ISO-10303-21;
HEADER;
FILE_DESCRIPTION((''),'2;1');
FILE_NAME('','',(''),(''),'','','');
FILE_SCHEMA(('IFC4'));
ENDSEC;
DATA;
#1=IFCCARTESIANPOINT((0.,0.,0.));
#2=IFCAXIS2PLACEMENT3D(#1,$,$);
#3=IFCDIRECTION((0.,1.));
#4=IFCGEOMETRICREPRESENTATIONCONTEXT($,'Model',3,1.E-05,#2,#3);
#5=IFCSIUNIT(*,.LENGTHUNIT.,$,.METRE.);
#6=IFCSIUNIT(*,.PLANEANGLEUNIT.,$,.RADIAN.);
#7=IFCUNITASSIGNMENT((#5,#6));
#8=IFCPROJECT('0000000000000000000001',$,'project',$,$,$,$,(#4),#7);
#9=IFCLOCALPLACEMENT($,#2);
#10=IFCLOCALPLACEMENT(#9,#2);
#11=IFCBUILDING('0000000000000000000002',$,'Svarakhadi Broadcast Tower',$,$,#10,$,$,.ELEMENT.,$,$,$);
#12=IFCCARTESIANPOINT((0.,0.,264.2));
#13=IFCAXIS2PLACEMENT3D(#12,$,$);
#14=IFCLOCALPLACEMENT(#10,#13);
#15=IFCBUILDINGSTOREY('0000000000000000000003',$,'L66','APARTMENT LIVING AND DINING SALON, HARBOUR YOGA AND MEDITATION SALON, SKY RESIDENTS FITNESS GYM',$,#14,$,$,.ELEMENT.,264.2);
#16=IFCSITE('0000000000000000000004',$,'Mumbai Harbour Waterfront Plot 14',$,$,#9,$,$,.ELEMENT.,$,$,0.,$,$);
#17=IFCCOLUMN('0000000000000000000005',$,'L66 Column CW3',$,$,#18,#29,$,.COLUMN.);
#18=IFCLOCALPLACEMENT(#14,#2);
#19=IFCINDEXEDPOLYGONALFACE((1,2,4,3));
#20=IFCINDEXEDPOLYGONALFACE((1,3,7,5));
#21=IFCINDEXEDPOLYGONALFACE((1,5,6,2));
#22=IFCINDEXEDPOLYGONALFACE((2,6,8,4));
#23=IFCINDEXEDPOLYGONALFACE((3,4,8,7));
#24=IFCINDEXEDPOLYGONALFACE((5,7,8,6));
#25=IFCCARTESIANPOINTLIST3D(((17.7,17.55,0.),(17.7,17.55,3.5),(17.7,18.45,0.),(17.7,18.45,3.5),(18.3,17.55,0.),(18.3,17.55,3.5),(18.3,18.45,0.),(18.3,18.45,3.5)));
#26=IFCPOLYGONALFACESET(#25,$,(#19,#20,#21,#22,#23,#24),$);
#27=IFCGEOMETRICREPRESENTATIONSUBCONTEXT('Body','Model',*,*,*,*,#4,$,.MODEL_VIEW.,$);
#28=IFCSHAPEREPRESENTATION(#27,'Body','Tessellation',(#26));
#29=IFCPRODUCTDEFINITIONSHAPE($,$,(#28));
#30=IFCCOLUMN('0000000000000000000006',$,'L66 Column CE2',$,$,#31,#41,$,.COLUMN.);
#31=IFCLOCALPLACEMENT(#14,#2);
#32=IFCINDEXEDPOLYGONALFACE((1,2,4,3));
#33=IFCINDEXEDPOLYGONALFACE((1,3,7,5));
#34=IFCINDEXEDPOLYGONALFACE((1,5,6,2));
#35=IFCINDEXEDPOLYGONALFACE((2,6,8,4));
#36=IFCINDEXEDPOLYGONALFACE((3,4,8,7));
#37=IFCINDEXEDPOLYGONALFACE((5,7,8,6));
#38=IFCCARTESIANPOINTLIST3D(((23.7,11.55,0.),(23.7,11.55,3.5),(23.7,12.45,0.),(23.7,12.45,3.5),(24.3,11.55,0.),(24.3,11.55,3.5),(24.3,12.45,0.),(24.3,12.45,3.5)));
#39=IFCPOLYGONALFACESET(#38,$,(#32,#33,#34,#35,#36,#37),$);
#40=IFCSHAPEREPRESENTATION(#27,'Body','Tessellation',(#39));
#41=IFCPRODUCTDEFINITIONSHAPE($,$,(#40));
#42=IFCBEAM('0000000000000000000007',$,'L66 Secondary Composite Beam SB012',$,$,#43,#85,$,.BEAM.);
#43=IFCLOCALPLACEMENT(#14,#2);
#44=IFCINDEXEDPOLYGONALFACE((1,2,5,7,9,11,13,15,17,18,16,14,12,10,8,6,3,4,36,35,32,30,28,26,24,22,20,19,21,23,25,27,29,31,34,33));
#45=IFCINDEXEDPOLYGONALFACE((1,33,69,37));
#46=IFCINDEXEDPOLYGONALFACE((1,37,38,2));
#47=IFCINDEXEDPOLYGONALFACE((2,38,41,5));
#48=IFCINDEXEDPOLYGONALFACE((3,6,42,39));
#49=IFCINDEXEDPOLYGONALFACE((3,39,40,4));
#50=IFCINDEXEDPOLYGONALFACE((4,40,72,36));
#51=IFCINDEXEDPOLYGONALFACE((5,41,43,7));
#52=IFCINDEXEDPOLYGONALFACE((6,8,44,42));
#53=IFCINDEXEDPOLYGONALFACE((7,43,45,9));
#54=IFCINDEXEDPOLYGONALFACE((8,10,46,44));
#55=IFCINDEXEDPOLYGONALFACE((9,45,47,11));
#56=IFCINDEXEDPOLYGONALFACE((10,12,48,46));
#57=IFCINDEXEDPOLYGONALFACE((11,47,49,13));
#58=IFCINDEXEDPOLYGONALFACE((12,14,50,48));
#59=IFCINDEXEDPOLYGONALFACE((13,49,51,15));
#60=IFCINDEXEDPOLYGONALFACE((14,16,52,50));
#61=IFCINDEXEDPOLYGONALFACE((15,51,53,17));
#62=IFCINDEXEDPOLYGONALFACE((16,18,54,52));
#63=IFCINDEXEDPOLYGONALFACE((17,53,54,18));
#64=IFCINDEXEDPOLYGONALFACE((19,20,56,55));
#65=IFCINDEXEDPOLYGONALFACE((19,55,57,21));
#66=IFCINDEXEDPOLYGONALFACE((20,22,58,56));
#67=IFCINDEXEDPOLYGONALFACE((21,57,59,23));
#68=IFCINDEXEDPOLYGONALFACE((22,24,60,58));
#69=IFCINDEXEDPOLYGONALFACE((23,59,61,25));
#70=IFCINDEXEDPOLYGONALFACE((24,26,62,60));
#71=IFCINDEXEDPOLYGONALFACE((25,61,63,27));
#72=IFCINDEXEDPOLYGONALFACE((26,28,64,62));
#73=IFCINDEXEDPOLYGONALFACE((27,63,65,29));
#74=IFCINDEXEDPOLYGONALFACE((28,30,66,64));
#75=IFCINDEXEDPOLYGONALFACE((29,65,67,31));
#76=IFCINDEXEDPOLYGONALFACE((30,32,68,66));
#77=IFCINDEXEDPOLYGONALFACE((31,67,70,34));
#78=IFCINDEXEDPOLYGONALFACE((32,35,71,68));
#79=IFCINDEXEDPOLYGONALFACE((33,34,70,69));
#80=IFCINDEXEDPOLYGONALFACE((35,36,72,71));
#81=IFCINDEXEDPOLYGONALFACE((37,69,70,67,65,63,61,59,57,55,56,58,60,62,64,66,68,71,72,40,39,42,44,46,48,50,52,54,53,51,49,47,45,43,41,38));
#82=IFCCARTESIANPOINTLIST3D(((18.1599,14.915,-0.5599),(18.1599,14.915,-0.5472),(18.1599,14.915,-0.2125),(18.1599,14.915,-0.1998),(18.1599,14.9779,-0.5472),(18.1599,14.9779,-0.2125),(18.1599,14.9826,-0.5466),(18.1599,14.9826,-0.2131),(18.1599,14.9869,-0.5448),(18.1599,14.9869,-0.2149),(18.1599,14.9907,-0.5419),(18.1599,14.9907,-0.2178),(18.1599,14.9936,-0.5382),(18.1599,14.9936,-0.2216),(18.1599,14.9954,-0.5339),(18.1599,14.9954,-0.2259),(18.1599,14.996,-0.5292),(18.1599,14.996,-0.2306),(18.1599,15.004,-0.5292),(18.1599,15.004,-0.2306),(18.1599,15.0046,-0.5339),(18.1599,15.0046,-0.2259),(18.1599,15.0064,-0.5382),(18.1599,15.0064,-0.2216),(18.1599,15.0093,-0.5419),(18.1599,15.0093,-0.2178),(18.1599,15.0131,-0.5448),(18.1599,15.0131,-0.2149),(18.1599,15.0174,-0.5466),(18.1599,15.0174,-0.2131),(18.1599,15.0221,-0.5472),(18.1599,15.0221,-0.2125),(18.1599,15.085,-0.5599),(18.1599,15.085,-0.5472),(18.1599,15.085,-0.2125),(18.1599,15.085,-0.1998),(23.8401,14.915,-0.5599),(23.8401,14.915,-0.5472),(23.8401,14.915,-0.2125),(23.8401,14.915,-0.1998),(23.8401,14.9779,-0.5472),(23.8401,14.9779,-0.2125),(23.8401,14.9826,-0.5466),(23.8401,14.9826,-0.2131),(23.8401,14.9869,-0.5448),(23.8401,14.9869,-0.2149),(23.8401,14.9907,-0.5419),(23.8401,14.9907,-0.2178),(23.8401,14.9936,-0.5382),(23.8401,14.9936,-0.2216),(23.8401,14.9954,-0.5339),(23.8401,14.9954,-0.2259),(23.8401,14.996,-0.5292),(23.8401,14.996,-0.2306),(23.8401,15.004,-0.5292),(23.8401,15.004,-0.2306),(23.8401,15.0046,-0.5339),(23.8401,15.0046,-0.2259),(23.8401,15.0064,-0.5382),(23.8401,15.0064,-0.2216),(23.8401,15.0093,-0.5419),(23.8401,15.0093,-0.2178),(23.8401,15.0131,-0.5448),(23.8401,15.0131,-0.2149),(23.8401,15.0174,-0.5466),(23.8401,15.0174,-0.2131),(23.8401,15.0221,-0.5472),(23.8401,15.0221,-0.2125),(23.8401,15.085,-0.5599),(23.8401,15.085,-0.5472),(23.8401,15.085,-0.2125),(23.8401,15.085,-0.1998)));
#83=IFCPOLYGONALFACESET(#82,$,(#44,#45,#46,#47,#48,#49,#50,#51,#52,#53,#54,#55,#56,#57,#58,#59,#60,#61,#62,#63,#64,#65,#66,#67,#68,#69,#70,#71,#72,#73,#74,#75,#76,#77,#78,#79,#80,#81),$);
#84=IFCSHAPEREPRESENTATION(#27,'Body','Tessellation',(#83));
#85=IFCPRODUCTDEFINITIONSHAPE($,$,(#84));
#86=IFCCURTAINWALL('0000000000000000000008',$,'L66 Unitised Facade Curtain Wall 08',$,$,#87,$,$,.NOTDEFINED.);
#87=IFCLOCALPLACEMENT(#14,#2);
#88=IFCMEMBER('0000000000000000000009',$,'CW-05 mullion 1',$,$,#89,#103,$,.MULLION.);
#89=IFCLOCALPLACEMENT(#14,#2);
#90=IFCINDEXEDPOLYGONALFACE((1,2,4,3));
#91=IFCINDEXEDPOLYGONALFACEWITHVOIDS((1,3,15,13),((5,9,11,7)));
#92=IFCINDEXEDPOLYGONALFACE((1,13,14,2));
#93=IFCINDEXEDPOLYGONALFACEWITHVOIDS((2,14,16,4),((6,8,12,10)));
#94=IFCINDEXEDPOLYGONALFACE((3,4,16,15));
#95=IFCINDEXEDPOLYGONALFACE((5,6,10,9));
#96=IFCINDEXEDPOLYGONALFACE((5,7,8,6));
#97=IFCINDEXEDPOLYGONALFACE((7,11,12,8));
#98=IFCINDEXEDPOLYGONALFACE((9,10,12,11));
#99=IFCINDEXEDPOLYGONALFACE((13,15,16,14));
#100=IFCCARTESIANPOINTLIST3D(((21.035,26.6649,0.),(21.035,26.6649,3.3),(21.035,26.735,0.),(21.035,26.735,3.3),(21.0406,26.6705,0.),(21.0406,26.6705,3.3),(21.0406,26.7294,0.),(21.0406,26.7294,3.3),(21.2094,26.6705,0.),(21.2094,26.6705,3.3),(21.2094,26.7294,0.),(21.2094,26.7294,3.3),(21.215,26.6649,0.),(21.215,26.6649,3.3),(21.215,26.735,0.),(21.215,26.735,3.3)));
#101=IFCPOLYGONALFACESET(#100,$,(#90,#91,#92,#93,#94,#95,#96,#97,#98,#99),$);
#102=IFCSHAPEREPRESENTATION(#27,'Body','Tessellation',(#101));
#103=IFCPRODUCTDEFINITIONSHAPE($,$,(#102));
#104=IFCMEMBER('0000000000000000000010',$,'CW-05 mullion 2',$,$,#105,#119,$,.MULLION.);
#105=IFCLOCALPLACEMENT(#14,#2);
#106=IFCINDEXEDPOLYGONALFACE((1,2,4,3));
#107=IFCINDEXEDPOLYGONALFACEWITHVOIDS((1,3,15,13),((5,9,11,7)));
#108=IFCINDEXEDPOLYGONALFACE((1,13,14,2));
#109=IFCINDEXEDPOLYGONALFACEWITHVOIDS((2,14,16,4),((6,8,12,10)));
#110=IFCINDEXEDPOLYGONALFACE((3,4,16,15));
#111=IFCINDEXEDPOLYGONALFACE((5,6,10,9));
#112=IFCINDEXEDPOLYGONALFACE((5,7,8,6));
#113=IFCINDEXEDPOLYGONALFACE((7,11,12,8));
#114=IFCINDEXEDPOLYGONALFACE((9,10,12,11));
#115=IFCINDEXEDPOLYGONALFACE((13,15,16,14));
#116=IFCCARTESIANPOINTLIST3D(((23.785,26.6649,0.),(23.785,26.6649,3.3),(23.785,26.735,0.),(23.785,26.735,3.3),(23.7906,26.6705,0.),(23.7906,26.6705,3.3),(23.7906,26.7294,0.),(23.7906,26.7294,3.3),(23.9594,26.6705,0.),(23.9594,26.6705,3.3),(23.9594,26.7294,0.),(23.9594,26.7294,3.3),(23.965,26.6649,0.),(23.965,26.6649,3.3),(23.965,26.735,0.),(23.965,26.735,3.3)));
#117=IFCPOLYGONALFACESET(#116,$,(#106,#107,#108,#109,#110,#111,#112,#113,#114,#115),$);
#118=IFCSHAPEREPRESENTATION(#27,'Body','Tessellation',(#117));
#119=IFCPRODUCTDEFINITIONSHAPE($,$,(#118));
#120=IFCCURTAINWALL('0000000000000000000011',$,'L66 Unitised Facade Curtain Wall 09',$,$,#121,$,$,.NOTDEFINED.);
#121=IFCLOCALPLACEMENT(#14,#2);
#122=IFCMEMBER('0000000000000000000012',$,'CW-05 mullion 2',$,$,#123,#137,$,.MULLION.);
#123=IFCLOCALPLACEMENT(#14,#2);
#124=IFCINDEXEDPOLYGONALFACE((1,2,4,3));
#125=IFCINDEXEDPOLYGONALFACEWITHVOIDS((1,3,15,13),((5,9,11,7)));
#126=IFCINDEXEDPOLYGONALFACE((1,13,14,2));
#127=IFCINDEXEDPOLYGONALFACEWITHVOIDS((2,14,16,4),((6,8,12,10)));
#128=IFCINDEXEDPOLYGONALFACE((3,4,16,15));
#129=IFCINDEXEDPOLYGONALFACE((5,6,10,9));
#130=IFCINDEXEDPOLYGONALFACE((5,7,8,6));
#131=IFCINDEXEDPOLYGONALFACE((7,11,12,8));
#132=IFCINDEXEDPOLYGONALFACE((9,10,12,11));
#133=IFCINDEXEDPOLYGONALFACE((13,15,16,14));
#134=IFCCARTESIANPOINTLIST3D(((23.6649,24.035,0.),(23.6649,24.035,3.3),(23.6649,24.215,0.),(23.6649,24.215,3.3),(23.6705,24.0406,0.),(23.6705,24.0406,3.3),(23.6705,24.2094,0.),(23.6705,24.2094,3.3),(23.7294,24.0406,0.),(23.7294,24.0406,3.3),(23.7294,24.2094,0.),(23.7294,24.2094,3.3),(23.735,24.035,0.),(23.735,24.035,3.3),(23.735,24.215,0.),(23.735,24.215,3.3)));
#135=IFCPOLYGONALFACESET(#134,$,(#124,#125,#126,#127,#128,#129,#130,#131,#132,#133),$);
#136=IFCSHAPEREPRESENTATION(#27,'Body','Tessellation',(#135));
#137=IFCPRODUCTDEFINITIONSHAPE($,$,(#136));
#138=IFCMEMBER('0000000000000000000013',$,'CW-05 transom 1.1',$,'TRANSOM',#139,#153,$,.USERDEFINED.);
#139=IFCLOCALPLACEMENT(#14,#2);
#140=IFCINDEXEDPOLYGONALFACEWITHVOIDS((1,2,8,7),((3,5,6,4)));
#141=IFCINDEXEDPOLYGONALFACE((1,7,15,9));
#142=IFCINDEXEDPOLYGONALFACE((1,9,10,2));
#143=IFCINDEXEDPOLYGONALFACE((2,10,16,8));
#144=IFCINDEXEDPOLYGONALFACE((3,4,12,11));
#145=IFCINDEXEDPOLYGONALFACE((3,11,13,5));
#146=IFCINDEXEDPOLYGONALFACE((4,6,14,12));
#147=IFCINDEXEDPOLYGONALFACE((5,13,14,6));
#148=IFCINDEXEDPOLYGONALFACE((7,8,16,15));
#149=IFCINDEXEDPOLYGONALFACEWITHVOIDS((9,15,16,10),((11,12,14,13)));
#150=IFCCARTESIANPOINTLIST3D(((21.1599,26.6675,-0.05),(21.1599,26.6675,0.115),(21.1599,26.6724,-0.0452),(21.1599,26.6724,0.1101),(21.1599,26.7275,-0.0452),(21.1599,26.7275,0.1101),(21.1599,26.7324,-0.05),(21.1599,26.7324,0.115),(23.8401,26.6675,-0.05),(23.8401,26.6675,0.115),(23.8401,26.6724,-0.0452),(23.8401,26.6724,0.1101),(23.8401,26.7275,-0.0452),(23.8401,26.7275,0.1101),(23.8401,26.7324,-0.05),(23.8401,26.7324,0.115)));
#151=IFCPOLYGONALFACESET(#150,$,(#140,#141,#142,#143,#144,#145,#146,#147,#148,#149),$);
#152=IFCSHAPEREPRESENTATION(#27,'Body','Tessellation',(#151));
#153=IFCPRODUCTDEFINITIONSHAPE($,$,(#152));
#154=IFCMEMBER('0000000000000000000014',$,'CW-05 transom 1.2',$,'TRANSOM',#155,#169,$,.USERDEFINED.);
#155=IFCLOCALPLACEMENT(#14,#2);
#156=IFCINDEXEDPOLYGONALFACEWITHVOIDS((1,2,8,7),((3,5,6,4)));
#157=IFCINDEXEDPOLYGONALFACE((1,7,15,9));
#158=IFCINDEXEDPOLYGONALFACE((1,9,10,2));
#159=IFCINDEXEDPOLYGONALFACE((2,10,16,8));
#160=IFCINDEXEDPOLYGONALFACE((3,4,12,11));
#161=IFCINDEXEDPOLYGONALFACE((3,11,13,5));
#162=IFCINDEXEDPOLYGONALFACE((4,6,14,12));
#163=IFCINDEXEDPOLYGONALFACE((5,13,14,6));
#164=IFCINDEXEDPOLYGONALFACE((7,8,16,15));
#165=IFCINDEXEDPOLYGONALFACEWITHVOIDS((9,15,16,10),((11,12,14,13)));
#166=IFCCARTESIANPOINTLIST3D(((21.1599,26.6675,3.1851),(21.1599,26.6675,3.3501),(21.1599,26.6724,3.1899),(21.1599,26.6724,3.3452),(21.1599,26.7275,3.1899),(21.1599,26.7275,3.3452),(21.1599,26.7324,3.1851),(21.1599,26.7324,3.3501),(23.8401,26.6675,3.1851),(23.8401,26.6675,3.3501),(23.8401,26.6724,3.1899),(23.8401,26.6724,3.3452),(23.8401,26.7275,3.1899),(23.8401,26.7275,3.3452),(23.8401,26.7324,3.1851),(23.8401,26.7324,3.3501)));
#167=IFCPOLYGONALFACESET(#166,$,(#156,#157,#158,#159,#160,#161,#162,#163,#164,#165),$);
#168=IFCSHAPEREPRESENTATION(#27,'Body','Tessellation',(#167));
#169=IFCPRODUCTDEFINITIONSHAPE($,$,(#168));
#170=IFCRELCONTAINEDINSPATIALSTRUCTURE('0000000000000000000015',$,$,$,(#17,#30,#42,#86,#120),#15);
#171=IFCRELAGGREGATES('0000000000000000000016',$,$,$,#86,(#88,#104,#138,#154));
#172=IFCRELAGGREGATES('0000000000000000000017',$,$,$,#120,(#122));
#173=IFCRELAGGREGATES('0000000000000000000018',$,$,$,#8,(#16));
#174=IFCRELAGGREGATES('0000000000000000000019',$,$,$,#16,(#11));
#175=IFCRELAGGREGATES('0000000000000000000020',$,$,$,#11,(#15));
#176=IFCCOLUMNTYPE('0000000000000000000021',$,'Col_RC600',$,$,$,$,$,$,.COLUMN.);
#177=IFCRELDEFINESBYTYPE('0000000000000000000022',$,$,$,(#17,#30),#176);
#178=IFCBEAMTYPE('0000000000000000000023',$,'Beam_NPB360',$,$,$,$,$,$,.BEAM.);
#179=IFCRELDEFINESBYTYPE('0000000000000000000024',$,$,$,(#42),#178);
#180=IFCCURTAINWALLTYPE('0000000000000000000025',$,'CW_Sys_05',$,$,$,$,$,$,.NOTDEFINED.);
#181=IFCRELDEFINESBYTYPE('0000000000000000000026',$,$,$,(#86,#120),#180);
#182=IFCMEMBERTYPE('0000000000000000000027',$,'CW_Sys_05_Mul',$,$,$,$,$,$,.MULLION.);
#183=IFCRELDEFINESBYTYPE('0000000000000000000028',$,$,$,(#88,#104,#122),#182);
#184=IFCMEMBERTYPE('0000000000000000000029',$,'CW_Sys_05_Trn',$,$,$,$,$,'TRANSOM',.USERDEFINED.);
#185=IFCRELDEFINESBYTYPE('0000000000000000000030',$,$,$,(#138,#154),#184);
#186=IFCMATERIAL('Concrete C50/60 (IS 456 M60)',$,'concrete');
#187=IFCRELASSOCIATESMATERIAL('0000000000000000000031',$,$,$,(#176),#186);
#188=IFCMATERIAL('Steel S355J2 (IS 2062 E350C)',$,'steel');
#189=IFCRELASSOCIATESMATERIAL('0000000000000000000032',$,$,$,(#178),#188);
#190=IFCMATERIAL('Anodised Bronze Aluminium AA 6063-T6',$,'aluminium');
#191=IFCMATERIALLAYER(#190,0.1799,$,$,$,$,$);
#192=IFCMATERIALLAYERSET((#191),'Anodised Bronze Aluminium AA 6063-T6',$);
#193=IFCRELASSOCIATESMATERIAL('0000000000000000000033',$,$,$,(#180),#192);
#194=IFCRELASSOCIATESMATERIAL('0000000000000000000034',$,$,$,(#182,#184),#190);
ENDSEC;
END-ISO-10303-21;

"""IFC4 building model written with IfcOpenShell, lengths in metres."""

from ifc_helpers import new_model, si_unit, direction, frame, origin, origin_2d, place, context, subcontext, project, spatial, rectangle, hollow_rectangle, i_section, extrude, material, layer, layer_set, material_profile, profile_set, type_object, element, aggregate, save


model = new_model("IFC4")

# Units and contexts
model_context = context("Model", 3, precision=1e-05, world=origin(), true_north=direction((0.0, 1.0)))
body_context = subcontext(model_context, "Body", "Model", "MODEL_VIEW")
ifc_project = project(units=[si_unit("LENGTHUNIT", "METRE"), si_unit("PLANEANGLEUNIT", "RADIAN")], contexts=[model_context])

# Site, building, storey
site_placement = place(None, origin())
site = spatial("IfcSite", under=ifc_project, at=site_placement, Name="Mumbai Harbour Waterfront Plot 14", CompositionType="ELEMENT", RefElevation=0.0)
building_placement = place(site_placement, origin())
building = spatial("IfcBuilding", under=site, at=building_placement, Name="Svarakhadi Broadcast Tower", CompositionType="ELEMENT")
storey_placement = place(building_placement, frame((0.0, 0.0, 264.2)))
storey = spatial("IfcBuildingStorey", under=building, at=storey_placement, Name="L66", Description="APARTMENT LIVING AND DINING SALON, HARBOUR YOGA AND MEDITATION SALON, SKY RESIDENTS FITNESS GYM", CompositionType="ELEMENT", Elevation=264.2)

# Columns
ifc_material_1 = material(Name="Concrete C50/60 (IS 456 M60)", Category="concrete")
ifc_material_profile_1 = material_profile(ifc_material_1, rectangle(XDim=0.6001, YDim=0.8999, at=origin_2d()), Name="RC 600x900")
ifc_profile_set_1 = profile_set([ifc_material_profile_1], Name="Concrete C50/60 (IS 456 M60)")
column_type = type_object("IfcColumnType", Name="Col_RC600", PredefinedType="COLUMN", material=ifc_profile_set_1)
for number, where, z_axis, x_axis, name in (
    (1, (18.0, 18.0, 0.0), (0.0, 0.0, 1.0), (1.0, 0.0, 0.0), "L66 Column CW3"),
    (2, (24.0, 12.0, 0.0), (0.0, 0.0, 1.0), (1.0, 0.0, 0.0), "L66 Column CE2"),
):
    element("IfcColumn", number, at=place(storey_placement, frame(where, z_axis=z_axis, x_axis=x_axis)), inside=storey, type_object=column_type, Name=name, PredefinedType="COLUMN", context=body_context, shape_type="SweptSolid", body=[
        extrude(rectangle(XDim=0.6001, YDim=0.8999, at=origin_2d()), origin(), (0.0, 0.0, 1.0), 3.5),
    ])

# Beam
ifc_material_2 = material(Name="Steel S355J2 (IS 2062 E350C)", Category="steel")
ifc_material_profile_2 = material_profile(ifc_material_2, i_section(OverallWidth=0.1699, OverallDepth=0.3601, WebThickness=0.0081, FlangeThickness=0.0127, FilletRadius=0.0181, at=origin_2d()), Name="NPB 360x170x57")
ifc_profile_set_2 = profile_set([ifc_material_profile_2], Name="Steel S355J2 (IS 2062 E350C)")
beam_type_1 = type_object("IfcBeamType", Name="Beam_NPB360", PredefinedType="BEAM", material=ifc_profile_set_2)
beam_1_placement = place(storey_placement, frame((18.1599, 15.0, -0.3799), z_axis=(1.0, 0.0, 0.0), x_axis=(0.0, 1.0, 0.0)))
element("IfcBeam", 3, at=beam_1_placement, inside=storey, type_object=beam_type_1, Name="L66 Secondary Composite Beam SB012", PredefinedType="BEAM", context=body_context, shape_type="SweptSolid", body=[
    extrude(i_section(OverallWidth=0.1699, OverallDepth=0.3601, WebThickness=0.0081, FlangeThickness=0.0127, FilletRadius=0.0181, at=origin_2d()), origin(), (0.0, 0.0, 1.0), 5.6802),
])

# Curtain wall, members
ifc_material_3 = material(Name="Anodised Bronze Aluminium AA 6063-T6", Category="aluminium")
ifc_layer_1 = layer(ifc_material_3, 0.1799)
ifc_layer_set_1 = layer_set([ifc_layer_1], Name="Anodised Bronze Aluminium AA 6063-T6")
curtain_wall_type = type_object("IfcCurtainWallType", Name="CW_Sys_05", PredefinedType="NOTDEFINED", material=ifc_layer_set_1)
curtain_wall_1_placement = place(storey_placement, origin())
curtain_wall_1 = element("IfcCurtainWall", 4, at=curtain_wall_1_placement, inside=storey, type_object=curtain_wall_type, Name="L66 Unitised Facade Curtain Wall 08", PredefinedType="NOTDEFINED")
ifc_material_profile_3 = material_profile(ifc_material_3, hollow_rectangle(XDim=0.0701, YDim=0.1799, WallThickness=0.0056, at=origin_2d()), Name="ALU MULLION 180x70x6")
ifc_profile_set_3 = profile_set([ifc_material_profile_3], Name="Anodised Bronze Aluminium AA 6063-T6")
member_type_1 = type_object("IfcMemberType", Name="CW_Sys_05_Mul", PredefinedType="MULLION", material=ifc_profile_set_3)
member_1_placement = place(storey_placement, frame((21.125, 26.7, 0.0), z_axis=(0.0, 0.0, 1.0), x_axis=(0.0, 1.0, 0.0)))
member_1 = element("IfcMember", 5, at=member_1_placement, type_object=member_type_1, Name="CW-05 mullion 1", PredefinedType="MULLION", context=body_context, shape_type="SweptSolid", body=[
    extrude(hollow_rectangle(XDim=0.0701, YDim=0.1799, WallThickness=0.0056, at=origin_2d()), origin(), (0.0, 0.0, 1.0), 3.3),
])
member_2_placement = place(storey_placement, frame((23.875, 26.7, 0.0), z_axis=(0.0, 0.0, 1.0), x_axis=(0.0, 1.0, 0.0)))
member_2 = element("IfcMember", 6, at=member_2_placement, type_object=member_type_1, Name="CW-05 mullion 2", PredefinedType="MULLION", context=body_context, shape_type="SweptSolid", body=[
    extrude(hollow_rectangle(XDim=0.0701, YDim=0.1799, WallThickness=0.0056, at=origin_2d()), origin(), (0.0, 0.0, 1.0), 3.3),
])

# Curtain wall, member
curtain_wall_2_placement = place(storey_placement, origin())
curtain_wall_2 = element("IfcCurtainWall", 7, at=curtain_wall_2_placement, inside=storey, type_object=curtain_wall_type, Name="L66 Unitised Facade Curtain Wall 09", PredefinedType="NOTDEFINED")
member_3_placement = place(storey_placement, frame((23.7, 24.125, 0.0), z_axis=(0.0, 0.0, 1.0), x_axis=(1.0, 0.0, 0.0)))
member_3 = element("IfcMember", 8, at=member_3_placement, type_object=member_type_1, Name="CW-05 mullion 2", PredefinedType="MULLION", context=body_context, shape_type="SweptSolid", body=[
    extrude(hollow_rectangle(XDim=0.0701, YDim=0.1799, WallThickness=0.0056, at=origin_2d()), origin(), (0.0, 0.0, 1.0), 3.3),
])

# Members
ifc_material_profile_4 = material_profile(ifc_material_3, hollow_rectangle(XDim=0.0649, YDim=0.165, WallThickness=0.0049, at=origin_2d()), Name="ALU TRANSOM 165x65x5")
ifc_profile_set_4 = profile_set([ifc_material_profile_4], Name="Anodised Bronze Aluminium AA 6063-T6")
member_type_2 = type_object("IfcMemberType", Name="CW_Sys_05_Trn", ElementType="TRANSOM", PredefinedType="USERDEFINED", material=ifc_profile_set_4)
member_4_placement = place(storey_placement, frame((21.1599, 26.7, 0.0325), z_axis=(1.0, 0.0, 0.0), x_axis=(0.0, 1.0, 0.0)))
member_4 = element("IfcMember", 9, at=member_4_placement, type_object=member_type_2, Name="CW-05 transom 1.1", ObjectType="TRANSOM", PredefinedType="USERDEFINED", context=body_context, shape_type="SweptSolid", body=[
    extrude(hollow_rectangle(XDim=0.0649, YDim=0.165, WallThickness=0.0049, at=origin_2d()), origin(), (0.0, 0.0, 1.0), 2.6802),
])
member_5_placement = place(storey_placement, frame((21.1599, 26.7, 3.2676), z_axis=(1.0, 0.0, 0.0), x_axis=(0.0, 1.0, 0.0)))
member_5 = element("IfcMember", 10, at=member_5_placement, type_object=member_type_2, Name="CW-05 transom 1.2", ObjectType="TRANSOM", PredefinedType="USERDEFINED", context=body_context, shape_type="SweptSolid", body=[
    extrude(hollow_rectangle(XDim=0.0649, YDim=0.165, WallThickness=0.0049, at=origin_2d()), origin(), (0.0, 0.0, 1.0), 2.6802),
])

aggregate(curtain_wall_1, [member_1, member_2, member_4, member_5])
aggregate(curtain_wall_2, [member_3])

save(model, "model.ifc")
